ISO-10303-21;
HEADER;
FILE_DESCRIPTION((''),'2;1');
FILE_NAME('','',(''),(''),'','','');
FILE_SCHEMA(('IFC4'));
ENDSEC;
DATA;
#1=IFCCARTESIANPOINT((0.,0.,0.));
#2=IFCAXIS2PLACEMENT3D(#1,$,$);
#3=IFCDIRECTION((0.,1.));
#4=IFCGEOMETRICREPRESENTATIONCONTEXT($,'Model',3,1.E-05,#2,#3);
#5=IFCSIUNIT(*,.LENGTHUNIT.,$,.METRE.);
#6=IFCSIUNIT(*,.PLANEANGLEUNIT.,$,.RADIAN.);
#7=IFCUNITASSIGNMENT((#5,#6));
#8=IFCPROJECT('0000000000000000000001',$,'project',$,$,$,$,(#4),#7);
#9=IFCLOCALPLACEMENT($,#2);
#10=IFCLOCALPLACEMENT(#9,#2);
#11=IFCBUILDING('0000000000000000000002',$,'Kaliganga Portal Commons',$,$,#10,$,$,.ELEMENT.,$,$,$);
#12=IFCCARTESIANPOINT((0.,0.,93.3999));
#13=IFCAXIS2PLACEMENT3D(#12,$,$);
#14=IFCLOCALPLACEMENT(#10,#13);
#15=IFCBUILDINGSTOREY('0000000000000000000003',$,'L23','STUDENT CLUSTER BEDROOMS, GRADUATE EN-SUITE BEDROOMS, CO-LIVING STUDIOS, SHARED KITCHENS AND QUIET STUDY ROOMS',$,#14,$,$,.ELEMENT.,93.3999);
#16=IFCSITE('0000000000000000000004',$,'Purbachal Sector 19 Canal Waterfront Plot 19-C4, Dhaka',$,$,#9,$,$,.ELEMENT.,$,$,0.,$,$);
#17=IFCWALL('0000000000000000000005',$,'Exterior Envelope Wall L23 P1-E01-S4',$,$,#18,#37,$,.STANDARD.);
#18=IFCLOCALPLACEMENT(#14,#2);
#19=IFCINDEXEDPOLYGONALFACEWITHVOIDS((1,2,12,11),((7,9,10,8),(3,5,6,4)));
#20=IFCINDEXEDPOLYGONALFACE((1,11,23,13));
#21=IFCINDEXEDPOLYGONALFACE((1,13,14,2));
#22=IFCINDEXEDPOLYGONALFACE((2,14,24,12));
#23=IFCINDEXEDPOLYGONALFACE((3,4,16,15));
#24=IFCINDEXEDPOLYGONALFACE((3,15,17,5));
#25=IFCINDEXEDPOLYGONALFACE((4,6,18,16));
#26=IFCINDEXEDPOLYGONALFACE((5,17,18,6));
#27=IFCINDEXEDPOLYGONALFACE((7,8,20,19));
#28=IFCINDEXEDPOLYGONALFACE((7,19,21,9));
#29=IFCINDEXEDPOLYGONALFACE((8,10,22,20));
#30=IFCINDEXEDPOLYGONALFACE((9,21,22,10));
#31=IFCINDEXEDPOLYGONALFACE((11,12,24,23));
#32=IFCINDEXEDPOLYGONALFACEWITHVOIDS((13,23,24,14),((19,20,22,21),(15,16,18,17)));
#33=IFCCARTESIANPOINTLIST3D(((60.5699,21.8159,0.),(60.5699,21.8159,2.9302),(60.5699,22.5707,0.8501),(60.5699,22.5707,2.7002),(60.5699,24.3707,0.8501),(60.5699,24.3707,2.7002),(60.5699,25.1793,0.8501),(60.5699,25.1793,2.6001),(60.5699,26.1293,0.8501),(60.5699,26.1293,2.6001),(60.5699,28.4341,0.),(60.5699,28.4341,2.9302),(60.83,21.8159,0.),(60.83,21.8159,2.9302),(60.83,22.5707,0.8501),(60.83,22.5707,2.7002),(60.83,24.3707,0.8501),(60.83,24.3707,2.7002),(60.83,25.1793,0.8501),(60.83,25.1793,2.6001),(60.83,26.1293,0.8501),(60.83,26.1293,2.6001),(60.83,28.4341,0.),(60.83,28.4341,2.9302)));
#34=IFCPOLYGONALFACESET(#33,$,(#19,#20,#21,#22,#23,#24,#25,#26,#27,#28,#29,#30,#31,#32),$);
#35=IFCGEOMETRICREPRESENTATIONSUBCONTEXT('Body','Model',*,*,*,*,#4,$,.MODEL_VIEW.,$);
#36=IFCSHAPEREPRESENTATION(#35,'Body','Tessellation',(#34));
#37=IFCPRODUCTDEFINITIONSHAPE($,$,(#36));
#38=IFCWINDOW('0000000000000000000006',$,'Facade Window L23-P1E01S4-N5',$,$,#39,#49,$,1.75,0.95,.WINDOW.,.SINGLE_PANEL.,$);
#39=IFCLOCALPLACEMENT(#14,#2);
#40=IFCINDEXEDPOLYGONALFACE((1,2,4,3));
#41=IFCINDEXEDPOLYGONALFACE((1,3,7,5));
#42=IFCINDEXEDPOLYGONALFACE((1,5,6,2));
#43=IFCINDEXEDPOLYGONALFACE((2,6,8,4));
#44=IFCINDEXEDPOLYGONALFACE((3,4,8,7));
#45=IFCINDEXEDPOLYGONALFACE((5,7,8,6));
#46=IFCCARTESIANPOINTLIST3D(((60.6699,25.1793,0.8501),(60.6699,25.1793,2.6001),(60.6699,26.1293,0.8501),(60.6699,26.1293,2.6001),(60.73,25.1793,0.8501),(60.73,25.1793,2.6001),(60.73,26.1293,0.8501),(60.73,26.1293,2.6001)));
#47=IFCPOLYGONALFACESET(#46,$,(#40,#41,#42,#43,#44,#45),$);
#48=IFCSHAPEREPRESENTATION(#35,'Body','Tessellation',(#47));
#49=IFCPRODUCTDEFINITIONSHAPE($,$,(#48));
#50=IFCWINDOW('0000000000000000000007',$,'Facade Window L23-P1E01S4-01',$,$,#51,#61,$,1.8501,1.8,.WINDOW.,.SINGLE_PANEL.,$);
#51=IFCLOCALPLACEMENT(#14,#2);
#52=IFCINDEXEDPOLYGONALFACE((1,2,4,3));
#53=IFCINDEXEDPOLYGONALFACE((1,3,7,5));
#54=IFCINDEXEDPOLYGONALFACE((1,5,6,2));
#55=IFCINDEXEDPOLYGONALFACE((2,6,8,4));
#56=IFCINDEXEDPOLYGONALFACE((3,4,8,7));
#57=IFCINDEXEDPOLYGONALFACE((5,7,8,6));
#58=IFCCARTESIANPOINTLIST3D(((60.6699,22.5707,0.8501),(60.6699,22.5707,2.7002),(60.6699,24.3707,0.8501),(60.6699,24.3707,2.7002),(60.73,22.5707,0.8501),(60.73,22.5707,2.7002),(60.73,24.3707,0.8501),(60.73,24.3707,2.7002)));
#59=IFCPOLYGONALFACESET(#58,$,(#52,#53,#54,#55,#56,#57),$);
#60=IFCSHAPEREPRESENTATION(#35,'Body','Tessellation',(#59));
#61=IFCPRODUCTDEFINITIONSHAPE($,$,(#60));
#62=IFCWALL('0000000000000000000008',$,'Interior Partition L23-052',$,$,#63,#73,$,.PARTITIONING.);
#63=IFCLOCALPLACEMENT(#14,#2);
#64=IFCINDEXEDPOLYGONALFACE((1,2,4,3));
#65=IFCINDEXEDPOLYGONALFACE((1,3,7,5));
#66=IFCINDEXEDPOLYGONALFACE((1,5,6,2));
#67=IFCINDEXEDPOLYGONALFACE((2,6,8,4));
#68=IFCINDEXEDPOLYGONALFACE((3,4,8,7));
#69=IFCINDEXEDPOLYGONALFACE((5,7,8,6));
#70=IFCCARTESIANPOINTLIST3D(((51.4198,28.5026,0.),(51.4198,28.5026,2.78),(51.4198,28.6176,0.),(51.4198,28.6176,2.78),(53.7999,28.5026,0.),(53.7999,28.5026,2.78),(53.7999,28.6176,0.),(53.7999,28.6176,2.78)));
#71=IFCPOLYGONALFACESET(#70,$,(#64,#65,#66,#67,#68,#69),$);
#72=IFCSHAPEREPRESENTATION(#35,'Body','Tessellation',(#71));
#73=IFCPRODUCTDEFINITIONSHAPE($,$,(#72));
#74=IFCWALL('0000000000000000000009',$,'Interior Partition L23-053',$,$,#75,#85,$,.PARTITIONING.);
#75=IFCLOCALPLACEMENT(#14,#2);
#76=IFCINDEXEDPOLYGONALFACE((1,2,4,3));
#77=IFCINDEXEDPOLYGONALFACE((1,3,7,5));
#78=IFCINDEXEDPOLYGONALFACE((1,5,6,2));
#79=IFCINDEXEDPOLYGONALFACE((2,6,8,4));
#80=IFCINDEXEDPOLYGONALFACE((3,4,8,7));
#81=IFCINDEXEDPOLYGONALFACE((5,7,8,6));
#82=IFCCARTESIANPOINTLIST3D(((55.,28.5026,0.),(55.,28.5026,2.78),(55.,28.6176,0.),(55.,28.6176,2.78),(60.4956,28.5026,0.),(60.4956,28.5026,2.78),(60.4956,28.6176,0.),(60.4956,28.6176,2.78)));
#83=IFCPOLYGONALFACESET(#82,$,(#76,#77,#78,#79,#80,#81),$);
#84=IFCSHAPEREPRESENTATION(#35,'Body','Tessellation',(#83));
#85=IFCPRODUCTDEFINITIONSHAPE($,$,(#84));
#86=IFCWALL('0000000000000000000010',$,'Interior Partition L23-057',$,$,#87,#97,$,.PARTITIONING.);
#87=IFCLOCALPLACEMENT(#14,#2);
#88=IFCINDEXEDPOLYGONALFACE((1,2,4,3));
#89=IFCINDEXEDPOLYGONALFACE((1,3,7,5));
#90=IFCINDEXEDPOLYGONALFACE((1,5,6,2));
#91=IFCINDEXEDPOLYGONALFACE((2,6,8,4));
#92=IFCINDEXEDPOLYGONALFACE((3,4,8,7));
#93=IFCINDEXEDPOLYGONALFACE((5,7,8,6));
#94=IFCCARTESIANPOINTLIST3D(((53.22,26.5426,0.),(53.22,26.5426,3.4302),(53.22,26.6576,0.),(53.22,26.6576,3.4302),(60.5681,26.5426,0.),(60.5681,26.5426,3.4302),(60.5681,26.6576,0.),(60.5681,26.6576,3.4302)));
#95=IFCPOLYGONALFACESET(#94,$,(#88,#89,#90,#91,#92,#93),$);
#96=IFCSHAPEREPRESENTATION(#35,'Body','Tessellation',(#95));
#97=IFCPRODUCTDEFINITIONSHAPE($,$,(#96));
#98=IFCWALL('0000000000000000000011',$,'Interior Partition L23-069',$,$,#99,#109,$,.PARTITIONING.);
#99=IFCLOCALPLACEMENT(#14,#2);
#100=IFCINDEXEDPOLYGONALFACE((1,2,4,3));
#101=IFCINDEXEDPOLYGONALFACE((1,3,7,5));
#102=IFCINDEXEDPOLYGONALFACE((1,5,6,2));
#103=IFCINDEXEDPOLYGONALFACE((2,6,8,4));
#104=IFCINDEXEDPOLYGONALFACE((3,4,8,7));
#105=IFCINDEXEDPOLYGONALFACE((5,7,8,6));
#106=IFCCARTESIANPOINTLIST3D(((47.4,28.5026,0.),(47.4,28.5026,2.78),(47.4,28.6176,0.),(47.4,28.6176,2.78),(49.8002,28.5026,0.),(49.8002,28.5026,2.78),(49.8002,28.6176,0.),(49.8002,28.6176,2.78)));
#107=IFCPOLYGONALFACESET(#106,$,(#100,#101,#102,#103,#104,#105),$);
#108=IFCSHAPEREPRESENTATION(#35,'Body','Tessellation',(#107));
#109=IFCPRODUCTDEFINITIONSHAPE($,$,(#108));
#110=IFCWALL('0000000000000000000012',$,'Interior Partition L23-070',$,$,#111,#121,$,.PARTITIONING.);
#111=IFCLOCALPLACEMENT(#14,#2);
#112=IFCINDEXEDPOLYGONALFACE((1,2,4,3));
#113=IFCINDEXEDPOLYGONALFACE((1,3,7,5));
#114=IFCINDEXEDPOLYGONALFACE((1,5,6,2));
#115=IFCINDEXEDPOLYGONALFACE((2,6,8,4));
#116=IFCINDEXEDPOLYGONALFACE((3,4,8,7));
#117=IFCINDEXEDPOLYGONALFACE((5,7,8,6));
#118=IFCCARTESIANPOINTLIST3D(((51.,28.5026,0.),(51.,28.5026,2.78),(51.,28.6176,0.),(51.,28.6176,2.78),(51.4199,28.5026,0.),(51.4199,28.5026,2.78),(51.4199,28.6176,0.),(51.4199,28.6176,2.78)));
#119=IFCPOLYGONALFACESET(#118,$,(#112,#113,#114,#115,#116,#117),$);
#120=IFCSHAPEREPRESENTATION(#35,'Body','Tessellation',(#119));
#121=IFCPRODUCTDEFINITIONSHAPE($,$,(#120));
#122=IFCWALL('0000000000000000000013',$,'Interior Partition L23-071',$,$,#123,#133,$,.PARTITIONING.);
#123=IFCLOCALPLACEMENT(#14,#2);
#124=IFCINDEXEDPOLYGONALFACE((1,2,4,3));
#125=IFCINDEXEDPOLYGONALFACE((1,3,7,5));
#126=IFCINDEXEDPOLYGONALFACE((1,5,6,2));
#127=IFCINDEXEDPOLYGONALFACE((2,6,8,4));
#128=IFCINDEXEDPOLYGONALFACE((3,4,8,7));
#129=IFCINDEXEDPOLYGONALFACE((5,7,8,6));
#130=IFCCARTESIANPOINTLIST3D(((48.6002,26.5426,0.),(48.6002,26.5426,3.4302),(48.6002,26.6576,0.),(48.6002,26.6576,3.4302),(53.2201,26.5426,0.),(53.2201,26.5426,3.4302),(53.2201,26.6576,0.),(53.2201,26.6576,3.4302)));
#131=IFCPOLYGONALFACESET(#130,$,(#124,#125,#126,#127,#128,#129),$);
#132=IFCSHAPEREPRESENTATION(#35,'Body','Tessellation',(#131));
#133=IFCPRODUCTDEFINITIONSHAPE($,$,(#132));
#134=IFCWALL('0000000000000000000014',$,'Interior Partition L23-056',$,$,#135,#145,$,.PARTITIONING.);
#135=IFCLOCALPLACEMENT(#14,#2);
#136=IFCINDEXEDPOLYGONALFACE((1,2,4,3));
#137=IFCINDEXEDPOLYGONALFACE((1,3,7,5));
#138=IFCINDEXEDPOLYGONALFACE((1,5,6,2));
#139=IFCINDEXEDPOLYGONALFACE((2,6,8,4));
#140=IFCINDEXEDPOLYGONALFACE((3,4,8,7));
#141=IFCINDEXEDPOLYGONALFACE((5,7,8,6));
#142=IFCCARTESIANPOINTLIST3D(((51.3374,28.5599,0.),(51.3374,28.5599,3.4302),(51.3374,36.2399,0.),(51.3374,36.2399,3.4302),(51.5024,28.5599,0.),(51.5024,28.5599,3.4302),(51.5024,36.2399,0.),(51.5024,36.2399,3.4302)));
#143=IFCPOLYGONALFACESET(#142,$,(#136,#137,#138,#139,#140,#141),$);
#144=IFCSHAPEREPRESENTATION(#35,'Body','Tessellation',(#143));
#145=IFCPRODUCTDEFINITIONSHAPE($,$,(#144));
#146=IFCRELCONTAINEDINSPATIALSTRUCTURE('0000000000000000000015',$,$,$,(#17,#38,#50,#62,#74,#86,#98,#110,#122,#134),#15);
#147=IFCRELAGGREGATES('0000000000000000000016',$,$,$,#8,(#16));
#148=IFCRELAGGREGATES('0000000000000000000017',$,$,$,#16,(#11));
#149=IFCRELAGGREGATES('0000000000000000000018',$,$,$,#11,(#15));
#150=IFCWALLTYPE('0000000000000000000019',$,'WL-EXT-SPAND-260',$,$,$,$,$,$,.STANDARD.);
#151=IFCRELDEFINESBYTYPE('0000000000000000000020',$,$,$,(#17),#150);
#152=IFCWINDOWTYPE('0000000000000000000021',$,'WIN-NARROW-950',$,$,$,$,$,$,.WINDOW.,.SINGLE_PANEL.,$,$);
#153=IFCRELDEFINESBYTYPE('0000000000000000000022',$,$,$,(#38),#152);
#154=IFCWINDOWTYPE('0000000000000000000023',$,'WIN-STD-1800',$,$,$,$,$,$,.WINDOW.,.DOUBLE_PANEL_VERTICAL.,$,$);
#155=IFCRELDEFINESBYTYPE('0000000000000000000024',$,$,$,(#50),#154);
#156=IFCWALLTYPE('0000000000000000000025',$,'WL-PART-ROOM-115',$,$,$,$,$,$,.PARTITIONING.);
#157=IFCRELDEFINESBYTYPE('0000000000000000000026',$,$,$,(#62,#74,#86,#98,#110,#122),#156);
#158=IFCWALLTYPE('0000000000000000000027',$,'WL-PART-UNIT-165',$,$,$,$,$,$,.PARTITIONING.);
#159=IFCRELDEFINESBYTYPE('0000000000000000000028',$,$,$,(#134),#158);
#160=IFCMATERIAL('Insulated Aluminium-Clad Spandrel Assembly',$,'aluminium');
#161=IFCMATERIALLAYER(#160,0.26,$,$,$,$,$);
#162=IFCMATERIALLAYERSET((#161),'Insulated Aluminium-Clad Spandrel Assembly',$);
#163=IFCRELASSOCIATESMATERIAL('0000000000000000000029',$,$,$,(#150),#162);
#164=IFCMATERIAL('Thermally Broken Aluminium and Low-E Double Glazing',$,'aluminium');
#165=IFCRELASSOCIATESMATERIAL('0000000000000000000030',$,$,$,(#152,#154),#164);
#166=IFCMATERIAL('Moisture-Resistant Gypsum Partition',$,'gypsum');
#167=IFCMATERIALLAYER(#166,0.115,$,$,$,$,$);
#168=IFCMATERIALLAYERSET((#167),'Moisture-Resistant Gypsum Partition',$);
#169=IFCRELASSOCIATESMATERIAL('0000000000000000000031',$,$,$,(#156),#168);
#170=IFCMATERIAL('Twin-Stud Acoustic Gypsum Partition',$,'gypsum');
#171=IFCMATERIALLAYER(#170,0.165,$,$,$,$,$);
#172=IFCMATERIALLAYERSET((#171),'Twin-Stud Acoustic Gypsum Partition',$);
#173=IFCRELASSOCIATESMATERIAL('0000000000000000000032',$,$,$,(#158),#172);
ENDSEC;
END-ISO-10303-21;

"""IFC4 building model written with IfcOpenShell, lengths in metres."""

from ifc_helpers import new_model, si_unit, direction, frame, frame_2d, origin, place, context, subcontext, project, spatial, rectangle, extrude, material, layer, layer_set, type_object, element, fill, save


model = new_model("IFC4")

# Units and contexts
model_context = context("Model", 3, precision=1e-05, world=origin(), true_north=direction((0.0, 1.0)))
body_context = subcontext(model_context, "Body", "Model", "MODEL_VIEW")
ifc_project = project(units=[si_unit("LENGTHUNIT", "METRE"), si_unit("PLANEANGLEUNIT", "RADIAN")], contexts=[model_context])

# Site, building, storey
site_placement = place(None, origin())
site = spatial("IfcSite", under=ifc_project, at=site_placement, Name="Purbachal Sector 19 Canal Waterfront Plot 19-C4, Dhaka", CompositionType="ELEMENT", RefElevation=0.0)
building_placement = place(site_placement, origin())
building = spatial("IfcBuilding", under=site, at=building_placement, Name="Kaliganga Portal Commons", CompositionType="ELEMENT")
storey_placement = place(building_placement, frame((0.0, 0.0, 93.3999)))
storey = spatial("IfcBuildingStorey", under=building, at=storey_placement, Name="L23", Description="STUDENT CLUSTER BEDROOMS, GRADUATE EN-SUITE BEDROOMS, CO-LIVING STUDIOS, SHARED KITCHENS AND QUIET STUDY ROOMS", CompositionType="ELEMENT", Elevation=93.3999)

# Wall, openings, windows
ifc_material_1 = material(Name="Insulated Aluminium-Clad Spandrel Assembly", Category="aluminium")
ifc_layer_1 = layer(ifc_material_1, 0.26)
ifc_layer_set_1 = layer_set([ifc_layer_1], Name="Insulated Aluminium-Clad Spandrel Assembly")
wall_type_1 = type_object("IfcWallType", Name="WL-EXT-SPAND-260", PredefinedType="STANDARD", material=ifc_layer_set_1)
wall_1_placement = place(storey_placement, frame((60.7, 28.4341, 0.0), z_axis=(0.0, 0.0, 1.0), x_axis=(0.0, -1.0, 0.0)))
wall_1 = element("IfcWall", 1, at=wall_1_placement, inside=storey, type_object=wall_type_1, Name="Exterior Envelope Wall L23 P1-E01-S4", PredefinedType="STANDARD", context=body_context, shape_type="SweptSolid", body=[
    extrude(rectangle(XDim=6.6182, YDim=0.26, at=frame_2d((3.3091, 0.0))), origin(), (0.0, 0.0, 1.0), 2.9302),
])
opening_1_placement = place(wall_1_placement, frame((4.0635, 0.0, 0.8501)))
opening_1 = element("IfcOpeningElement", 2, at=opening_1_placement, cuts=wall_1, PredefinedType="OPENING", context=body_context, shape_type="SweptSolid", body=[
    extrude(rectangle(XDim=1.8, YDim=1.8501, at=frame_2d((0.8999, 0.925))), frame((0.0, 0.1401, 0.0), z_axis=(0.0, -1.0, 0.0), x_axis=(1.0, 0.0, 0.0)), (0.0, 0.0, 1.0), 0.28),
])
opening_2_placement = place(wall_1_placement, frame((2.3047, 0.0, 0.8501)))
opening_2 = element("IfcOpeningElement", 3, at=opening_2_placement, cuts=wall_1, PredefinedType="OPENING", context=body_context, shape_type="SweptSolid", body=[
    extrude(rectangle(XDim=0.95, YDim=1.75, at=frame_2d((0.4751, 0.875))), frame((0.0, 0.1401, 0.0), z_axis=(0.0, -1.0, 0.0), x_axis=(1.0, 0.0, 0.0)), (0.0, 0.0, 1.0), 0.28),
])
ifc_material_2 = material(Name="Thermally Broken Aluminium and Low-E Double Glazing", Category="aluminium")
window_type_1 = type_object("IfcWindowType", Name="WIN-NARROW-950", PartitioningType="SINGLE_PANEL", PredefinedType="WINDOW", material=ifc_material_2)
window_1_placement = place(opening_2_placement, origin())
window_1 = element("IfcWindow", 4, at=window_1_placement, inside=storey, type_object=window_type_1, Name="Facade Window L23-P1E01S4-N5", OverallHeight=1.75, OverallWidth=0.95, PartitioningType="SINGLE_PANEL", PredefinedType="WINDOW", context=body_context, shape_type="SweptSolid", body=[
    extrude(rectangle(XDim=0.95, YDim=1.75, at=frame_2d((0.4751, 0.875))), frame((0.0, 0.03, 0.0), z_axis=(0.0, -1.0, 0.0), x_axis=(1.0, 0.0, 0.0)), (0.0, 0.0, 1.0), 0.0601),
])
fill(opening_2, window_1)
window_type_2 = type_object("IfcWindowType", Name="WIN-STD-1800", PartitioningType="DOUBLE_PANEL_VERTICAL", PredefinedType="WINDOW", material=ifc_material_2)
window_2_placement = place(opening_1_placement, origin())
window_2 = element("IfcWindow", 5, at=window_2_placement, inside=storey, type_object=window_type_2, Name="Facade Window L23-P1E01S4-01", OverallHeight=1.8501, OverallWidth=1.8, PartitioningType="SINGLE_PANEL", PredefinedType="WINDOW", context=body_context, shape_type="SweptSolid", body=[
    extrude(rectangle(XDim=1.8, YDim=1.8501, at=frame_2d((0.8999, 0.925))), frame((0.0, 0.03, 0.0), z_axis=(0.0, -1.0, 0.0), x_axis=(1.0, 0.0, 0.0)), (0.0, 0.0, 1.0), 0.0601),
])
fill(opening_1, window_2)

# Walls
ifc_material_3 = material(Name="Moisture-Resistant Gypsum Partition", Category="gypsum")
ifc_layer_2 = layer(ifc_material_3, 0.115)
ifc_layer_set_2 = layer_set([ifc_layer_2], Name="Moisture-Resistant Gypsum Partition")
wall_type_2 = type_object("IfcWallType", Name="WL-PART-ROOM-115", PredefinedType="PARTITIONING", material=ifc_layer_set_2)
wall_2_placement = place(storey_placement, frame((51.4199, 28.5601, 0.0), z_axis=(0.0, 0.0, 1.0), x_axis=(1.0, 0.0, 0.0)))
element("IfcWall", 6, at=wall_2_placement, inside=storey, type_object=wall_type_2, Name="Interior Partition L23-052", PredefinedType="PARTITIONING", context=body_context, shape_type="SweptSolid", body=[
    extrude(rectangle(XDim=2.3801, YDim=0.115, at=frame_2d((1.1899, 0.0))), origin(), (0.0, 0.0, 1.0), 2.78),
])
wall_3_placement = place(storey_placement, frame((55.0, 28.5601, 0.0), z_axis=(0.0, 0.0, 1.0), x_axis=(1.0, 0.0, 0.0)))
element("IfcWall", 7, at=wall_3_placement, inside=storey, type_object=wall_type_2, Name="Interior Partition L23-053", PredefinedType="PARTITIONING", context=body_context, shape_type="SweptSolid", body=[
    extrude(rectangle(XDim=5.4956, YDim=0.115, at=frame_2d((2.7478, 0.0))), origin(), (0.0, 0.0, 1.0), 2.78),
])
wall_4_placement = place(storey_placement, frame((53.22, 26.6001, 0.0), z_axis=(0.0, 0.0, 1.0), x_axis=(1.0, 0.0, 0.0)))
element("IfcWall", 8, at=wall_4_placement, inside=storey, type_object=wall_type_2, Name="Interior Partition L23-057", PredefinedType="PARTITIONING", context=body_context, shape_type="SweptSolid", body=[
    extrude(rectangle(XDim=7.3481, YDim=0.115, at=frame_2d((3.6741, 0.0))), origin(), (0.0, 0.0, 1.0), 3.4302),
])
wall_5_placement = place(storey_placement, frame((47.3999, 28.5601, 0.0), z_axis=(0.0, 0.0, 1.0), x_axis=(1.0, 0.0, 0.0)))
element("IfcWall", 9, at=wall_5_placement, inside=storey, type_object=wall_type_2, Name="Interior Partition L23-069", PredefinedType="PARTITIONING", context=body_context, shape_type="SweptSolid", body=[
    extrude(rectangle(XDim=2.4001, YDim=0.115, at=frame_2d((1.2002, 0.0))), origin(), (0.0, 0.0, 1.0), 2.78),
])
wall_6_placement = place(storey_placement, frame((51.0, 28.5601, 0.0), z_axis=(0.0, 0.0, 1.0), x_axis=(1.0, 0.0, 0.0)))
element("IfcWall", 10, at=wall_6_placement, inside=storey, type_object=wall_type_2, Name="Interior Partition L23-070", PredefinedType="PARTITIONING", context=body_context, shape_type="SweptSolid", body=[
    extrude(rectangle(XDim=0.4199, YDim=0.115, at=frame_2d((0.21, 0.0))), origin(), (0.0, 0.0, 1.0), 2.78),
])
wall_7_placement = place(storey_placement, frame((48.6001, 26.6001, 0.0), z_axis=(0.0, 0.0, 1.0), x_axis=(1.0, 0.0, 0.0)))
element("IfcWall", 11, at=wall_7_placement, inside=storey, type_object=wall_type_2, Name="Interior Partition L23-071", PredefinedType="PARTITIONING", context=body_context, shape_type="SweptSolid", body=[
    extrude(rectangle(XDim=4.6199, YDim=0.115, at=frame_2d((2.3101, 0.0))), origin(), (0.0, 0.0, 1.0), 3.4302),
])
ifc_material_4 = material(Name="Twin-Stud Acoustic Gypsum Partition", Category="gypsum")
ifc_layer_3 = layer(ifc_material_4, 0.165)
ifc_layer_set_3 = layer_set([ifc_layer_3], Name="Twin-Stud Acoustic Gypsum Partition")
wall_type_3 = type_object("IfcWallType", Name="WL-PART-UNIT-165", PredefinedType="PARTITIONING", material=ifc_layer_set_3)
wall_8_placement = place(storey_placement, frame((51.4199, 28.5601, 0.0), z_axis=(0.0, 0.0, 1.0), x_axis=(0.0, 1.0, 0.0)))
element("IfcWall", 12, at=wall_8_placement, inside=storey, type_object=wall_type_3, Name="Interior Partition L23-056", PredefinedType="PARTITIONING", context=body_context, shape_type="SweptSolid", body=[
    extrude(rectangle(XDim=7.6799, YDim=0.165, at=frame_2d((3.8398, 0.0))), origin(), (0.0, 0.0, 1.0), 3.4302),
])

save(model, "model.ifc")
